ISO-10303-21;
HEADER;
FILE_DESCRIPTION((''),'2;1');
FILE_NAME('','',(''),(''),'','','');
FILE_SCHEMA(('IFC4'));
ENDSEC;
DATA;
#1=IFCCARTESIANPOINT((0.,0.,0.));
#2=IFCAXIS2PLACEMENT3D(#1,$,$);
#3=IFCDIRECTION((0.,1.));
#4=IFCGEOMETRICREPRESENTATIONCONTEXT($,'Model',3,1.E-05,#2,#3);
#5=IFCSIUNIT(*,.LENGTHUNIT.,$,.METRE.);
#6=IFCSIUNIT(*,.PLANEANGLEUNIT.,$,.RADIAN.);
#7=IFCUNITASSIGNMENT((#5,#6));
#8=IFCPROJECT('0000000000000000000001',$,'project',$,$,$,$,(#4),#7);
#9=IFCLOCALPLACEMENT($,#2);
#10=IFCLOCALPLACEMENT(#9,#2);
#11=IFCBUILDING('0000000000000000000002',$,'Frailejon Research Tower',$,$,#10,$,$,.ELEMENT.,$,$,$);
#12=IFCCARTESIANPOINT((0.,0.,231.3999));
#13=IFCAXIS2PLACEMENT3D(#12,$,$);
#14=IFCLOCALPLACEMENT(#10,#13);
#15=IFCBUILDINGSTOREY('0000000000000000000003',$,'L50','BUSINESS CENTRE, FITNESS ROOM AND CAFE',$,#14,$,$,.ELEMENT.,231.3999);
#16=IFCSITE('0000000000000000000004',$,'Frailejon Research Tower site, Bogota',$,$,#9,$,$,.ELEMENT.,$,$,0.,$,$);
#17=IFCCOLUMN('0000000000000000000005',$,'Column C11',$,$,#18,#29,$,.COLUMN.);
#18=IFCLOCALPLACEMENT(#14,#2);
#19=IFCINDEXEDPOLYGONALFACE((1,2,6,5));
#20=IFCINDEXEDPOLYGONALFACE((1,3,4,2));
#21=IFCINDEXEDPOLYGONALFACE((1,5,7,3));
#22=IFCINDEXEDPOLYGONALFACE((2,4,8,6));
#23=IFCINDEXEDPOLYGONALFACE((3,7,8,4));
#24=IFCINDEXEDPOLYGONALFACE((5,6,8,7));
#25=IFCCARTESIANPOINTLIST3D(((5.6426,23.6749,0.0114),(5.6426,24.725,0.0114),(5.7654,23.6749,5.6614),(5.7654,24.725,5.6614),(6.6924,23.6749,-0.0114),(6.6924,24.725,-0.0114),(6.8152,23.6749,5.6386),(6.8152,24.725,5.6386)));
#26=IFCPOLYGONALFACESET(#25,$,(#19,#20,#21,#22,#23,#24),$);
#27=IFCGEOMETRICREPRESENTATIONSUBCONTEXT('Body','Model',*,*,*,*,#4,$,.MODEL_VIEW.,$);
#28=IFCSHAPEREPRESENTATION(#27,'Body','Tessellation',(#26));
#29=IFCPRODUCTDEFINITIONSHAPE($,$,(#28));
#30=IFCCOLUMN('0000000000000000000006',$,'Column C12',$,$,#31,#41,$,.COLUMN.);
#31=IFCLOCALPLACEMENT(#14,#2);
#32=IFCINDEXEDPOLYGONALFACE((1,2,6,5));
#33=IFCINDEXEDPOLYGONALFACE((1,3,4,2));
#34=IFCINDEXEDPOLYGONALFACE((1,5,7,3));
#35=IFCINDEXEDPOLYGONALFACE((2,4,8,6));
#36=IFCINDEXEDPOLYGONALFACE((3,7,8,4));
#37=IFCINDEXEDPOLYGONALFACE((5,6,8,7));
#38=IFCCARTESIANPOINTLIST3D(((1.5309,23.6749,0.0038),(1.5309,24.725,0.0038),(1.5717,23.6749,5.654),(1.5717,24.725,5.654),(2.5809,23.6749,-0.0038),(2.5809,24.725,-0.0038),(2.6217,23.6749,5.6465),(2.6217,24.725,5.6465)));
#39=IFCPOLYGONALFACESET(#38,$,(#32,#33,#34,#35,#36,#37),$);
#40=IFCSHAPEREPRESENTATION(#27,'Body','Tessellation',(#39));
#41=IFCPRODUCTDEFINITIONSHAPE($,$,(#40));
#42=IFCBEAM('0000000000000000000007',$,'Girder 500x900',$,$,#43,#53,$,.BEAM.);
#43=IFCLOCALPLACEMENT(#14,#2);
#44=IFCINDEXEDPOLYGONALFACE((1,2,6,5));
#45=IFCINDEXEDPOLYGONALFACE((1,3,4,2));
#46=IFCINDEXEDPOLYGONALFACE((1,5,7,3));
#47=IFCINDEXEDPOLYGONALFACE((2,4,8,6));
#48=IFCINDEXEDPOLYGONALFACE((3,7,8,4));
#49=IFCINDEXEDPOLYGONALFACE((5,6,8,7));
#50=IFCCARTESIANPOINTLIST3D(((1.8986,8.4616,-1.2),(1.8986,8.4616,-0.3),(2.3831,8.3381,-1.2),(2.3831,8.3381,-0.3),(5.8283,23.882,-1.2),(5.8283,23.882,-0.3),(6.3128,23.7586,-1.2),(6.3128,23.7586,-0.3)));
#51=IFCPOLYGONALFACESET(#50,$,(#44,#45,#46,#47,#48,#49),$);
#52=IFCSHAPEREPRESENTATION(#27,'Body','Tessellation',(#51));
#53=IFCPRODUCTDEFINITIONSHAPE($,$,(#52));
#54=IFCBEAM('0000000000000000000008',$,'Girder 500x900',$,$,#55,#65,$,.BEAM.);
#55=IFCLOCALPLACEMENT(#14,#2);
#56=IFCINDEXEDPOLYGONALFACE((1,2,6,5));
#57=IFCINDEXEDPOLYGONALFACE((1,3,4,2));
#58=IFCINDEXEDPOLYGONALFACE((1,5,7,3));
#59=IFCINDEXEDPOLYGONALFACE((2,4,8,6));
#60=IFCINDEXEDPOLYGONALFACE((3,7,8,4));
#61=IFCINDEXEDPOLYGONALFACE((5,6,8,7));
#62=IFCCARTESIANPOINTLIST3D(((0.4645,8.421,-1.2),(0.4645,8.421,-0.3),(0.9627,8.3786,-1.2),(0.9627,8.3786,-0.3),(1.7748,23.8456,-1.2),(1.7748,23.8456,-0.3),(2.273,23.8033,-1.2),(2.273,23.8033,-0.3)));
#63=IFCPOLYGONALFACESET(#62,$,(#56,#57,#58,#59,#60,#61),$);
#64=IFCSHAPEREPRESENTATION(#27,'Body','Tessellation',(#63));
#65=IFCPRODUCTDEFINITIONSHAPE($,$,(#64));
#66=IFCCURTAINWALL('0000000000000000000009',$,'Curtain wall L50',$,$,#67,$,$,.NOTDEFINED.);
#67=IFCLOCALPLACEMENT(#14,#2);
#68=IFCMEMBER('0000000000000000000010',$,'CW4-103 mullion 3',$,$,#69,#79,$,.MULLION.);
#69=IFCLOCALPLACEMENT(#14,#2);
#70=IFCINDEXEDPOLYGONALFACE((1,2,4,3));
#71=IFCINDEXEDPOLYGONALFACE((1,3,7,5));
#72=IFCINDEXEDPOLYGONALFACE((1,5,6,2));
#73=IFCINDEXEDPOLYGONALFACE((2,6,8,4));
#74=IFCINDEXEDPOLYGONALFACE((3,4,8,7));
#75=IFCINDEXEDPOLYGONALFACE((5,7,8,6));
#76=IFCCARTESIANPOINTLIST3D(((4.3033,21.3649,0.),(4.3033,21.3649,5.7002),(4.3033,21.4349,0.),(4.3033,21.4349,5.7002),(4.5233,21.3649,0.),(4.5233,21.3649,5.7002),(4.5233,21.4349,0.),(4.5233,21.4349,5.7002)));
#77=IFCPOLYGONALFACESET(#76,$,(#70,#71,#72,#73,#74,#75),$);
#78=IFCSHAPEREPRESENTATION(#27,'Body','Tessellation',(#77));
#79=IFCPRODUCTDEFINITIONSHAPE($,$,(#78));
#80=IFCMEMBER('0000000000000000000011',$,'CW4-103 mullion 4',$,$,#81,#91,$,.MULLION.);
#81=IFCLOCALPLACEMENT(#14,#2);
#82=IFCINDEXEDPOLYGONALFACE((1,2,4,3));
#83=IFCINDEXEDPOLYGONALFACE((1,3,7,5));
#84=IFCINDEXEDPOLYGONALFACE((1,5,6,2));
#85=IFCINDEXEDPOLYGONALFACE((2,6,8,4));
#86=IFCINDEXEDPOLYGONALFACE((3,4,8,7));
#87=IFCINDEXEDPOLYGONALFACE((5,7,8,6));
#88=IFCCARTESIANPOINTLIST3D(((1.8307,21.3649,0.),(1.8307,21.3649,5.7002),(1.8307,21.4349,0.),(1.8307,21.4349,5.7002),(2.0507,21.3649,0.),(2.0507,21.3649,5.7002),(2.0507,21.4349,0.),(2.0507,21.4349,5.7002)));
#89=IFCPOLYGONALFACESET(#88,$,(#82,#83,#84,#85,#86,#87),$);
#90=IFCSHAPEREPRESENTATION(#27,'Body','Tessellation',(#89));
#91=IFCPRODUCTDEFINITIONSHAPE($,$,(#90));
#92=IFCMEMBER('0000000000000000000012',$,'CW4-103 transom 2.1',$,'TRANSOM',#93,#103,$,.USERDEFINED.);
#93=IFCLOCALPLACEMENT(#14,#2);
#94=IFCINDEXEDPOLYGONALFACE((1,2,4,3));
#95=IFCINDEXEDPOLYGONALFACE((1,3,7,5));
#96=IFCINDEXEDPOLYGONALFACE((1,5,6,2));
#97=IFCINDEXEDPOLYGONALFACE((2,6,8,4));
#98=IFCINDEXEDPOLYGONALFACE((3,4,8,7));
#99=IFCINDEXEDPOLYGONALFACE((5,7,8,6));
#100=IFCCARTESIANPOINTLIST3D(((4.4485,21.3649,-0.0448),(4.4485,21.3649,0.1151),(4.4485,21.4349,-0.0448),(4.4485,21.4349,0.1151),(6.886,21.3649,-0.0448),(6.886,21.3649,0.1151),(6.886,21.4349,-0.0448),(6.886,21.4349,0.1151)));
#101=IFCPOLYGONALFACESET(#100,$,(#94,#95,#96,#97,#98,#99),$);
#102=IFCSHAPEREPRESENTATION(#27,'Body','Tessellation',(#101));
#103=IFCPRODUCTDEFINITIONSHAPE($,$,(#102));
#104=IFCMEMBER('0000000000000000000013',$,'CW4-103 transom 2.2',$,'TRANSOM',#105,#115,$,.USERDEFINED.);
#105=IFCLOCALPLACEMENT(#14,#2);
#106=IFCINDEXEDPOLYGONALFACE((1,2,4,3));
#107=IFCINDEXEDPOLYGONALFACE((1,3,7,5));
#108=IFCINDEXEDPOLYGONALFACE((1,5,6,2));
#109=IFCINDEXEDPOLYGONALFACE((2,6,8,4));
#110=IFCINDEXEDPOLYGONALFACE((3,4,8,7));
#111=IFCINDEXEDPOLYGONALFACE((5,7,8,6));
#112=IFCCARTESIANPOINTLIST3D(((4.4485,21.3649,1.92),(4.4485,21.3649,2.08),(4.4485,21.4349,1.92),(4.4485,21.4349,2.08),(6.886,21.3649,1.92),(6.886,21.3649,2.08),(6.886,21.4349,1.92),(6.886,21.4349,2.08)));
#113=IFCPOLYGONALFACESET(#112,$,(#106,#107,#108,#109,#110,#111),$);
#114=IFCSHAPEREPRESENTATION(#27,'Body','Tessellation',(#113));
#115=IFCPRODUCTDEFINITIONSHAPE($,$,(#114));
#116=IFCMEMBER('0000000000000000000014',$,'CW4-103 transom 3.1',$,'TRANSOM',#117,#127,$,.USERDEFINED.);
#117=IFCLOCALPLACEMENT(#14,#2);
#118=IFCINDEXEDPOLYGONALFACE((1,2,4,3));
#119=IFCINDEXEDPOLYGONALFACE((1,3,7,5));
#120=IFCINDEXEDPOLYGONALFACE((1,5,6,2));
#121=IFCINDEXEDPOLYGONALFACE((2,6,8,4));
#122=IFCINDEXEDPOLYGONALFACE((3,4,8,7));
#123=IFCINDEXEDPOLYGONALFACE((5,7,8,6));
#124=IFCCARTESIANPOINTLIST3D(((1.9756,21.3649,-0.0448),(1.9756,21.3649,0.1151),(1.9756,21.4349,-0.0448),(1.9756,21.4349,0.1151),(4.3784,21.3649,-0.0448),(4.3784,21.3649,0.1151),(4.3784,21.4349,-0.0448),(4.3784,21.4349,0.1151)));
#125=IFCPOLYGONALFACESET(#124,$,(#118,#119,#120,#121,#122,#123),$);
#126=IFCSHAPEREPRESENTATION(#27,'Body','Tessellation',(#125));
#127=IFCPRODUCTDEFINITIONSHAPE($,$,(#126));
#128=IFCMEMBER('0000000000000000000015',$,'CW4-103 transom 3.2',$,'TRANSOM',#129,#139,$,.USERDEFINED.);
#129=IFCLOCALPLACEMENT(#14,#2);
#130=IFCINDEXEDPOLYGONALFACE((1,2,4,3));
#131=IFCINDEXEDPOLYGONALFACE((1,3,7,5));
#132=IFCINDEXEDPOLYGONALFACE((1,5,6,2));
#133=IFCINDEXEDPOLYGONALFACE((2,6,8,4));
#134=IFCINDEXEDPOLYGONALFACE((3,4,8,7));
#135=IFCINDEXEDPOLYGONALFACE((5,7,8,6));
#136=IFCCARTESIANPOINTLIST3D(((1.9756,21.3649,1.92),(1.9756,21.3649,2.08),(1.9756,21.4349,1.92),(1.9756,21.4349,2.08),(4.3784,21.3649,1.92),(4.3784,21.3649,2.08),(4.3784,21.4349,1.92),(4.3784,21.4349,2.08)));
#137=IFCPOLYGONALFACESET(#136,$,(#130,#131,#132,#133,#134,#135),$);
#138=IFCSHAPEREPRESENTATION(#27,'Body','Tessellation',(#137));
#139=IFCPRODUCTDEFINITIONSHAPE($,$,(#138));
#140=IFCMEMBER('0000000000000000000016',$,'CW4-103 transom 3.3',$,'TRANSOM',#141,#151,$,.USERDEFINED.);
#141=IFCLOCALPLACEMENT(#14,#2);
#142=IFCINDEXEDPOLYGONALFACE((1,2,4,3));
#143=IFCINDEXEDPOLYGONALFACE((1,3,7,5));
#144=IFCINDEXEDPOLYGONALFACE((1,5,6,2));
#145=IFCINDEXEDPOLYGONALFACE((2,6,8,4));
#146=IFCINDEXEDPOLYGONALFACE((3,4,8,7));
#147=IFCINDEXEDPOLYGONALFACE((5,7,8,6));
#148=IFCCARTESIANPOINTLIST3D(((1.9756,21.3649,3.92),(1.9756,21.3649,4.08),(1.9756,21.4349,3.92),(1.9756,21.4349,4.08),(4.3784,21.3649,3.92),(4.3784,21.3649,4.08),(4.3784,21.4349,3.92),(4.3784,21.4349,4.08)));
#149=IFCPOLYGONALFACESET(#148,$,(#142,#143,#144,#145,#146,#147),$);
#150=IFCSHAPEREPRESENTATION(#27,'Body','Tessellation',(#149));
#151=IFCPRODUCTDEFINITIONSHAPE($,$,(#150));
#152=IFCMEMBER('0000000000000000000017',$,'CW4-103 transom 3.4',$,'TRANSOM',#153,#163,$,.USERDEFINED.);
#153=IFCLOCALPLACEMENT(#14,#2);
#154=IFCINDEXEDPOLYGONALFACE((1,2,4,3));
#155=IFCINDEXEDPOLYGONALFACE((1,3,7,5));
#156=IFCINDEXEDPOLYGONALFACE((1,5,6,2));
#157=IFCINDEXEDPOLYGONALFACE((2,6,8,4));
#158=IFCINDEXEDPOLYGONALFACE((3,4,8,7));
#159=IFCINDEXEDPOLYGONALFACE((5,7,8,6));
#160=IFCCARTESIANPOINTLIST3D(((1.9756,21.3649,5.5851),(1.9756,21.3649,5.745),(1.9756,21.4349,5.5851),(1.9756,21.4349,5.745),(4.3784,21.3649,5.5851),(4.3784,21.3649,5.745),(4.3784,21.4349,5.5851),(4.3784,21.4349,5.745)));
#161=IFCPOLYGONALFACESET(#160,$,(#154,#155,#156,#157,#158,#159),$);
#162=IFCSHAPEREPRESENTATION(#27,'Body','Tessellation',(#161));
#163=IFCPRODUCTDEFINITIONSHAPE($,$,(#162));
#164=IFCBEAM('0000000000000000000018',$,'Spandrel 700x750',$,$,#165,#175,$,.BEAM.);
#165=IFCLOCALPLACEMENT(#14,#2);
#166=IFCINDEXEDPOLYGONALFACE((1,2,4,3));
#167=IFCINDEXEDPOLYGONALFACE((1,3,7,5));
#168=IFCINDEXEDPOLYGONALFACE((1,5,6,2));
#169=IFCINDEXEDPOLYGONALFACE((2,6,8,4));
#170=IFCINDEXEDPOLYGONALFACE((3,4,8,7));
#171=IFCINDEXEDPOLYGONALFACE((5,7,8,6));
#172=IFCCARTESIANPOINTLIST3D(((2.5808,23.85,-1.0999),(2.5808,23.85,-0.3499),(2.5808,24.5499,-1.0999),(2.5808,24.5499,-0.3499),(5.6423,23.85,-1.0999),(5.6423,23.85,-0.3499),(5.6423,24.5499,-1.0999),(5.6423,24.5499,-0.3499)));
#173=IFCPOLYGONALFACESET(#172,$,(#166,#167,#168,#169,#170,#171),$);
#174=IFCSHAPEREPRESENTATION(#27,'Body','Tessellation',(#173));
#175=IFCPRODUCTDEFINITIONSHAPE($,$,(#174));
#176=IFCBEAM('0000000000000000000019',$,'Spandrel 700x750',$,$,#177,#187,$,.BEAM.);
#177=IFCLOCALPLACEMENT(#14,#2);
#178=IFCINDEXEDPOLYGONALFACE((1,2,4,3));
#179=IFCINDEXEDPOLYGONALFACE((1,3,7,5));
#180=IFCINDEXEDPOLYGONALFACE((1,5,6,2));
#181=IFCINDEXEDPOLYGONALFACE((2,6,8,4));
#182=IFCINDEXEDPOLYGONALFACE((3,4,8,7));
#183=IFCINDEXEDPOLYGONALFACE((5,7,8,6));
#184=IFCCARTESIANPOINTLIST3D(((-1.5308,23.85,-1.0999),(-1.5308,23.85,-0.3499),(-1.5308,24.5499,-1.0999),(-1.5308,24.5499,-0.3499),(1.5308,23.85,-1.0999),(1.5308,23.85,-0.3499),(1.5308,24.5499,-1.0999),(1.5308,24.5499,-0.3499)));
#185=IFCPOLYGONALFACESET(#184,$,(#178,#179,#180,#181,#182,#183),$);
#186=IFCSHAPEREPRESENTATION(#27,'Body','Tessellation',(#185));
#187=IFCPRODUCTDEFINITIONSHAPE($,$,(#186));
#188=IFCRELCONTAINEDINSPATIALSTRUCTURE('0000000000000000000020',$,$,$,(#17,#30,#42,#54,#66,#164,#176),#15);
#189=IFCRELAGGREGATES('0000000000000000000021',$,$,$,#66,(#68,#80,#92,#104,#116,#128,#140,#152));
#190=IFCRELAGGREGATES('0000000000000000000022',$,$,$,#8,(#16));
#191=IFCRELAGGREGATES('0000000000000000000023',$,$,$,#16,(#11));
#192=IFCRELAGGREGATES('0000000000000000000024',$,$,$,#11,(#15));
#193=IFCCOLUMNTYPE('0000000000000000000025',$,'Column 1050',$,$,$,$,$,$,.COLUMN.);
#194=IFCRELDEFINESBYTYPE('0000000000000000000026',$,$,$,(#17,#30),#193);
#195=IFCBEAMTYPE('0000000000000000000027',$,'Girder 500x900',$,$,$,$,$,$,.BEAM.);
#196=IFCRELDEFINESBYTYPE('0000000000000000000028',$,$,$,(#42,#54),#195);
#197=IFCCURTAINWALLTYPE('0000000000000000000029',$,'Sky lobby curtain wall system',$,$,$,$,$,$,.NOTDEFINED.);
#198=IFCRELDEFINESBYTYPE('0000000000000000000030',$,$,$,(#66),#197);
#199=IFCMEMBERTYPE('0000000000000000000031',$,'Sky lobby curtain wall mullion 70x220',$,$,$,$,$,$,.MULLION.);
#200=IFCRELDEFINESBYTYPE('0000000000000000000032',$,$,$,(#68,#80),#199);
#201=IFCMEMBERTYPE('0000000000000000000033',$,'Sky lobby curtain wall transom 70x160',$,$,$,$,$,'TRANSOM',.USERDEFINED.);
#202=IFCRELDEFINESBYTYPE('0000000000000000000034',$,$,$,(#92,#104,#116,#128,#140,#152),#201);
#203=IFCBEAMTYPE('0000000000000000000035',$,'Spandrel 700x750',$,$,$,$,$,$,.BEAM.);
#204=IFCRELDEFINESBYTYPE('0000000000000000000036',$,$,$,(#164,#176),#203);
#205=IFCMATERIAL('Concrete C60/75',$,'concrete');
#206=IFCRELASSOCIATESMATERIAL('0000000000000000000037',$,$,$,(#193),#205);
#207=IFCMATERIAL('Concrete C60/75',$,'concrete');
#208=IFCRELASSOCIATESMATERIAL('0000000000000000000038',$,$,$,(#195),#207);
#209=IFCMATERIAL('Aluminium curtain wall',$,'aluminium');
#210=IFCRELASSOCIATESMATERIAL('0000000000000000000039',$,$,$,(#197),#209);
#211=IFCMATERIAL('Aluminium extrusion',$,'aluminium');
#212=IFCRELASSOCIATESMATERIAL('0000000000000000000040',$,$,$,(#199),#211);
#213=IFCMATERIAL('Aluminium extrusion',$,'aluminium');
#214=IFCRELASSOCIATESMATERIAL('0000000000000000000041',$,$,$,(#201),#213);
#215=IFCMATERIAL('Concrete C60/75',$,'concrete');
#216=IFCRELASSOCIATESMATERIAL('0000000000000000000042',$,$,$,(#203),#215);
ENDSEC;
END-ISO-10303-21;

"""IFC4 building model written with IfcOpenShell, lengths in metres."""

from ifc_helpers import new_model, si_unit, direction, frame, origin, origin_2d, place, context, subcontext, project, spatial, rectangle, extrude, material, material_profile, profile_set, type_object, element, aggregate, save


model = new_model("IFC4")

# Units and contexts
model_context = context("Model", 3, precision=1e-05, world=origin(), true_north=direction((0.0, 1.0)))
body_context = subcontext(model_context, "Body", "Model", "MODEL_VIEW")
ifc_project = project(units=[si_unit("LENGTHUNIT", "METRE"), si_unit("PLANEANGLEUNIT", "RADIAN")], contexts=[model_context])

# Site, building, storey
site_placement = place(None, origin())
site = spatial("IfcSite", under=ifc_project, at=site_placement, Name="Frailejon Research Tower site, Bogota", CompositionType="ELEMENT", RefElevation=0.0)
building_placement = place(site_placement, origin())
building = spatial("IfcBuilding", under=site, at=building_placement, Name="Frailejon Research Tower", CompositionType="ELEMENT")
storey_placement = place(building_placement, frame((0.0, 0.0, 231.3999)))
storey = spatial("IfcBuildingStorey", under=building, at=storey_placement, Name="L50", Description="BUSINESS CENTRE, FITNESS ROOM AND CAFE", CompositionType="ELEMENT", Elevation=231.3999)

# Columns
ifc_material_1 = material(Name="Concrete C60/75", Category="concrete")
ifc_material_profile_1 = material_profile(ifc_material_1, rectangle(XDim=1.05, YDim=1.05, at=origin_2d()), Name="Column 1050")
ifc_profile_set_1 = profile_set([ifc_material_profile_1], Name="Concrete C60/75")
column_type = type_object("IfcColumnType", Name="Column 1050", PredefinedType="COLUMN", material=ifc_profile_set_1)
column_1_placement = place(storey_placement, frame((6.1675, 24.2, 0.0), z_axis=(0.021729, 0.0, 0.999764), x_axis=(-0.999764, 0.0, 0.021729)))
element("IfcColumn", 1, at=column_1_placement, inside=storey, type_object=column_type, Name="Column C11", PredefinedType="COLUMN", context=body_context, shape_type="SweptSolid", body=[
    extrude(rectangle(XDim=1.05, YDim=1.05, at=origin_2d()), origin(), (0.0, 0.0, 1.0), 5.6514),
])
column_2_placement = place(storey_placement, frame((2.0559, 24.2, 0.0), z_axis=(0.007216, 0.0, 0.999974), x_axis=(-0.999974, 0.0, 0.007216)))
element("IfcColumn", 2, at=column_2_placement, inside=storey, type_object=column_type, Name="Column C12", PredefinedType="COLUMN", context=body_context, shape_type="SweptSolid", body=[
    extrude(rectangle(XDim=1.05, YDim=1.05, at=origin_2d()), origin(), (0.0, 0.0, 1.0), 5.6504),
])

# Beams
ifc_material_2 = material(Name="Concrete C60/75", Category="concrete")
ifc_material_profile_2 = material_profile(ifc_material_2, rectangle(XDim=0.5, YDim=0.8999, at=origin_2d()), Name="Girder 500x900")
ifc_profile_set_2 = profile_set([ifc_material_profile_2], Name="Concrete C60/75")
beam_type_1 = type_object("IfcBeamType", Name="Girder 500x900", PredefinedType="BEAM", material=ifc_profile_set_2)
beam_1_placement = place(storey_placement, frame((6.0706, 23.8203, -0.75), z_axis=(-0.246944, -0.96903, 0.0), x_axis=(0.96903, -0.246944, 0.0)))
element("IfcBeam", 3, at=beam_1_placement, inside=storey, type_object=beam_type_1, Name="Girder 500x900", PredefinedType="BEAM", context=body_context, shape_type="SweptSolid", body=[
    extrude(rectangle(XDim=0.5, YDim=0.8999, at=origin_2d()), origin(), (0.0, 0.0, 1.0), 15.9133),
])
beam_2_placement = place(storey_placement, frame((2.0239, 23.8245, -0.75), z_axis=(-0.084644, -0.996411, 0.0), x_axis=(0.996411, -0.084644, 0.0)))
element("IfcBeam", 4, at=beam_2_placement, inside=storey, type_object=beam_type_1, Name="Girder 500x900", PredefinedType="BEAM", context=body_context, shape_type="SweptSolid", body=[
    extrude(rectangle(XDim=0.5, YDim=0.8999, at=origin_2d()), origin(), (0.0, 0.0, 1.0), 15.4802),
])

# Curtain wall, members
ifc_material_3 = material(Name="Aluminium curtain wall", Category="aluminium")
curtain_wall_type = type_object("IfcCurtainWallType", Name="Sky lobby curtain wall system", PredefinedType="NOTDEFINED", material=ifc_material_3)
curtain_wall_placement = place(storey_placement, origin())
curtain_wall = element("IfcCurtainWall", 5, at=curtain_wall_placement, inside=storey, type_object=curtain_wall_type, Name="Curtain wall L50", PredefinedType="NOTDEFINED")
ifc_material_4 = material(Name="Aluminium extrusion", Category="aluminium")
ifc_material_profile_3 = material_profile(ifc_material_4, rectangle(XDim=0.0701, YDim=0.22, at=origin_2d()), Name="Sky lobby curtain wall mullion 70x220")
ifc_profile_set_3 = profile_set([ifc_material_profile_3], Name="Aluminium extrusion")
member_type_1 = type_object("IfcMemberType", Name="Sky lobby curtain wall mullion 70x220", PredefinedType="MULLION", material=ifc_profile_set_3)
member_1_placement = place(storey_placement, frame((4.4133, 21.3999, 0.0), z_axis=(0.0, 0.0, 1.0), x_axis=(0.0, -1.0, 0.0)))
member_1 = element("IfcMember", 6, at=member_1_placement, type_object=member_type_1, Name="CW4-103 mullion 3", PredefinedType="MULLION", context=body_context, shape_type="SweptSolid", body=[
    extrude(rectangle(XDim=0.0701, YDim=0.22, at=origin_2d()), origin(), (0.0, 0.0, 1.0), 5.7002),
])
member_2_placement = place(storey_placement, frame((1.9407, 21.3999, 0.0), z_axis=(0.0, 0.0, 1.0), x_axis=(0.0, -1.0, 0.0)))
member_2 = element("IfcMember", 7, at=member_2_placement, type_object=member_type_1, Name="CW4-103 mullion 4", PredefinedType="MULLION", context=body_context, shape_type="SweptSolid", body=[
    extrude(rectangle(XDim=0.0701, YDim=0.22, at=origin_2d()), origin(), (0.0, 0.0, 1.0), 5.7002),
])
ifc_material_5 = material(Name="Aluminium extrusion", Category="aluminium")
ifc_material_profile_4 = material_profile(ifc_material_5, rectangle(XDim=0.0701, YDim=0.1599, at=origin_2d()), Name="Sky lobby curtain wall transom 70x160")
ifc_profile_set_4 = profile_set([ifc_material_profile_4], Name="Aluminium extrusion")
member_type_2 = type_object("IfcMemberType", Name="Sky lobby curtain wall transom 70x160", ElementType="TRANSOM", PredefinedType="USERDEFINED", material=ifc_profile_set_4)
member_3_placement = place(storey_placement, frame((6.886, 21.3999, 0.0352), z_axis=(-1.0, 0.0, 0.0), x_axis=(0.0, -1.0, 0.0)))
member_3 = element("IfcMember", 8, at=member_3_placement, type_object=member_type_2, Name="CW4-103 transom 2.1", ObjectType="TRANSOM", PredefinedType="USERDEFINED", context=body_context, shape_type="SweptSolid", body=[
    extrude(rectangle(XDim=0.0701, YDim=0.1599, at=origin_2d()), origin(), (0.0, 0.0, 1.0), 2.4375),
])
member_4_placement = place(storey_placement, frame((6.886, 21.3999, 2.0), z_axis=(-1.0, 0.0, 0.0), x_axis=(0.0, -1.0, 0.0)))
member_4 = element("IfcMember", 9, at=member_4_placement, type_object=member_type_2, Name="CW4-103 transom 2.2", ObjectType="TRANSOM", PredefinedType="USERDEFINED", context=body_context, shape_type="SweptSolid", body=[
    extrude(rectangle(XDim=0.0701, YDim=0.1599, at=origin_2d()), origin(), (0.0, 0.0, 1.0), 2.4375),
])
member_5_placement = place(storey_placement, frame((4.3784, 21.3999, 0.0352), z_axis=(-1.0, 0.0, 0.0), x_axis=(0.0, -1.0, 0.0)))
member_5 = element("IfcMember", 10, at=member_5_placement, type_object=member_type_2, Name="CW4-103 transom 3.1", ObjectType="TRANSOM", PredefinedType="USERDEFINED", context=body_context, shape_type="SweptSolid", body=[
    extrude(rectangle(XDim=0.0701, YDim=0.1599, at=origin_2d()), origin(), (0.0, 0.0, 1.0), 2.4028),
])
member_6_placement = place(storey_placement, frame((4.3784, 21.3999, 2.0), z_axis=(-1.0, 0.0, 0.0), x_axis=(0.0, -1.0, 0.0)))
member_6 = element("IfcMember", 11, at=member_6_placement, type_object=member_type_2, Name="CW4-103 transom 3.2", ObjectType="TRANSOM", PredefinedType="USERDEFINED", context=body_context, shape_type="SweptSolid", body=[
    extrude(rectangle(XDim=0.0701, YDim=0.1599, at=origin_2d()), origin(), (0.0, 0.0, 1.0), 2.4028),
])
member_7_placement = place(storey_placement, frame((4.3784, 21.3999, 4.0), z_axis=(-1.0, 0.0, 0.0), x_axis=(0.0, -1.0, 0.0)))
member_7 = element("IfcMember", 12, at=member_7_placement, type_object=member_type_2, Name="CW4-103 transom 3.3", ObjectType="TRANSOM", PredefinedType="USERDEFINED", context=body_context, shape_type="SweptSolid", body=[
    extrude(rectangle(XDim=0.0701, YDim=0.1599, at=origin_2d()), origin(), (0.0, 0.0, 1.0), 2.4028),
])
member_8_placement = place(storey_placement, frame((4.3784, 21.3999, 5.665), z_axis=(-1.0, 0.0, 0.0), x_axis=(0.0, -1.0, 0.0)))
member_8 = element("IfcMember", 13, at=member_8_placement, type_object=member_type_2, Name="CW4-103 transom 3.4", ObjectType="TRANSOM", PredefinedType="USERDEFINED", context=body_context, shape_type="SweptSolid", body=[
    extrude(rectangle(XDim=0.0701, YDim=0.1599, at=origin_2d()), origin(), (0.0, 0.0, 1.0), 2.4028),
])

# Beams
ifc_material_6 = material(Name="Concrete C60/75", Category="concrete")
ifc_material_profile_5 = material_profile(ifc_material_6, rectangle(XDim=0.7, YDim=0.75, at=origin_2d()), Name="Spandrel 700x750")
ifc_profile_set_5 = profile_set([ifc_material_profile_5], Name="Concrete C60/75")
beam_type_2 = type_object("IfcBeamType", Name="Spandrel 700x750", PredefinedType="BEAM", material=ifc_profile_set_5)
for number, where, z_axis, x_axis, name in (
    (14, (5.6423, 24.2, -0.7249), (-1.0, 0.0, 0.0), (0.0, -1.0, 0.0), "Spandrel 700x750"),
    (15, (1.5308, 24.2, -0.7249), (-1.0, 0.0, 0.0), (0.0, -1.0, 0.0), "Spandrel 700x750"),
):
    element("IfcBeam", number, at=place(storey_placement, frame(where, z_axis=z_axis, x_axis=x_axis)), inside=storey, type_object=beam_type_2, Name=name, PredefinedType="BEAM", context=body_context, shape_type="SweptSolid", body=[
        extrude(rectangle(XDim=0.7, YDim=0.75, at=origin_2d()), origin(), (0.0, 0.0, 1.0), 3.0615),
    ])

aggregate(curtain_wall, [member_1, member_2, member_3, member_4, member_5, member_6, member_7, member_8])

save(model, "model.ifc")
